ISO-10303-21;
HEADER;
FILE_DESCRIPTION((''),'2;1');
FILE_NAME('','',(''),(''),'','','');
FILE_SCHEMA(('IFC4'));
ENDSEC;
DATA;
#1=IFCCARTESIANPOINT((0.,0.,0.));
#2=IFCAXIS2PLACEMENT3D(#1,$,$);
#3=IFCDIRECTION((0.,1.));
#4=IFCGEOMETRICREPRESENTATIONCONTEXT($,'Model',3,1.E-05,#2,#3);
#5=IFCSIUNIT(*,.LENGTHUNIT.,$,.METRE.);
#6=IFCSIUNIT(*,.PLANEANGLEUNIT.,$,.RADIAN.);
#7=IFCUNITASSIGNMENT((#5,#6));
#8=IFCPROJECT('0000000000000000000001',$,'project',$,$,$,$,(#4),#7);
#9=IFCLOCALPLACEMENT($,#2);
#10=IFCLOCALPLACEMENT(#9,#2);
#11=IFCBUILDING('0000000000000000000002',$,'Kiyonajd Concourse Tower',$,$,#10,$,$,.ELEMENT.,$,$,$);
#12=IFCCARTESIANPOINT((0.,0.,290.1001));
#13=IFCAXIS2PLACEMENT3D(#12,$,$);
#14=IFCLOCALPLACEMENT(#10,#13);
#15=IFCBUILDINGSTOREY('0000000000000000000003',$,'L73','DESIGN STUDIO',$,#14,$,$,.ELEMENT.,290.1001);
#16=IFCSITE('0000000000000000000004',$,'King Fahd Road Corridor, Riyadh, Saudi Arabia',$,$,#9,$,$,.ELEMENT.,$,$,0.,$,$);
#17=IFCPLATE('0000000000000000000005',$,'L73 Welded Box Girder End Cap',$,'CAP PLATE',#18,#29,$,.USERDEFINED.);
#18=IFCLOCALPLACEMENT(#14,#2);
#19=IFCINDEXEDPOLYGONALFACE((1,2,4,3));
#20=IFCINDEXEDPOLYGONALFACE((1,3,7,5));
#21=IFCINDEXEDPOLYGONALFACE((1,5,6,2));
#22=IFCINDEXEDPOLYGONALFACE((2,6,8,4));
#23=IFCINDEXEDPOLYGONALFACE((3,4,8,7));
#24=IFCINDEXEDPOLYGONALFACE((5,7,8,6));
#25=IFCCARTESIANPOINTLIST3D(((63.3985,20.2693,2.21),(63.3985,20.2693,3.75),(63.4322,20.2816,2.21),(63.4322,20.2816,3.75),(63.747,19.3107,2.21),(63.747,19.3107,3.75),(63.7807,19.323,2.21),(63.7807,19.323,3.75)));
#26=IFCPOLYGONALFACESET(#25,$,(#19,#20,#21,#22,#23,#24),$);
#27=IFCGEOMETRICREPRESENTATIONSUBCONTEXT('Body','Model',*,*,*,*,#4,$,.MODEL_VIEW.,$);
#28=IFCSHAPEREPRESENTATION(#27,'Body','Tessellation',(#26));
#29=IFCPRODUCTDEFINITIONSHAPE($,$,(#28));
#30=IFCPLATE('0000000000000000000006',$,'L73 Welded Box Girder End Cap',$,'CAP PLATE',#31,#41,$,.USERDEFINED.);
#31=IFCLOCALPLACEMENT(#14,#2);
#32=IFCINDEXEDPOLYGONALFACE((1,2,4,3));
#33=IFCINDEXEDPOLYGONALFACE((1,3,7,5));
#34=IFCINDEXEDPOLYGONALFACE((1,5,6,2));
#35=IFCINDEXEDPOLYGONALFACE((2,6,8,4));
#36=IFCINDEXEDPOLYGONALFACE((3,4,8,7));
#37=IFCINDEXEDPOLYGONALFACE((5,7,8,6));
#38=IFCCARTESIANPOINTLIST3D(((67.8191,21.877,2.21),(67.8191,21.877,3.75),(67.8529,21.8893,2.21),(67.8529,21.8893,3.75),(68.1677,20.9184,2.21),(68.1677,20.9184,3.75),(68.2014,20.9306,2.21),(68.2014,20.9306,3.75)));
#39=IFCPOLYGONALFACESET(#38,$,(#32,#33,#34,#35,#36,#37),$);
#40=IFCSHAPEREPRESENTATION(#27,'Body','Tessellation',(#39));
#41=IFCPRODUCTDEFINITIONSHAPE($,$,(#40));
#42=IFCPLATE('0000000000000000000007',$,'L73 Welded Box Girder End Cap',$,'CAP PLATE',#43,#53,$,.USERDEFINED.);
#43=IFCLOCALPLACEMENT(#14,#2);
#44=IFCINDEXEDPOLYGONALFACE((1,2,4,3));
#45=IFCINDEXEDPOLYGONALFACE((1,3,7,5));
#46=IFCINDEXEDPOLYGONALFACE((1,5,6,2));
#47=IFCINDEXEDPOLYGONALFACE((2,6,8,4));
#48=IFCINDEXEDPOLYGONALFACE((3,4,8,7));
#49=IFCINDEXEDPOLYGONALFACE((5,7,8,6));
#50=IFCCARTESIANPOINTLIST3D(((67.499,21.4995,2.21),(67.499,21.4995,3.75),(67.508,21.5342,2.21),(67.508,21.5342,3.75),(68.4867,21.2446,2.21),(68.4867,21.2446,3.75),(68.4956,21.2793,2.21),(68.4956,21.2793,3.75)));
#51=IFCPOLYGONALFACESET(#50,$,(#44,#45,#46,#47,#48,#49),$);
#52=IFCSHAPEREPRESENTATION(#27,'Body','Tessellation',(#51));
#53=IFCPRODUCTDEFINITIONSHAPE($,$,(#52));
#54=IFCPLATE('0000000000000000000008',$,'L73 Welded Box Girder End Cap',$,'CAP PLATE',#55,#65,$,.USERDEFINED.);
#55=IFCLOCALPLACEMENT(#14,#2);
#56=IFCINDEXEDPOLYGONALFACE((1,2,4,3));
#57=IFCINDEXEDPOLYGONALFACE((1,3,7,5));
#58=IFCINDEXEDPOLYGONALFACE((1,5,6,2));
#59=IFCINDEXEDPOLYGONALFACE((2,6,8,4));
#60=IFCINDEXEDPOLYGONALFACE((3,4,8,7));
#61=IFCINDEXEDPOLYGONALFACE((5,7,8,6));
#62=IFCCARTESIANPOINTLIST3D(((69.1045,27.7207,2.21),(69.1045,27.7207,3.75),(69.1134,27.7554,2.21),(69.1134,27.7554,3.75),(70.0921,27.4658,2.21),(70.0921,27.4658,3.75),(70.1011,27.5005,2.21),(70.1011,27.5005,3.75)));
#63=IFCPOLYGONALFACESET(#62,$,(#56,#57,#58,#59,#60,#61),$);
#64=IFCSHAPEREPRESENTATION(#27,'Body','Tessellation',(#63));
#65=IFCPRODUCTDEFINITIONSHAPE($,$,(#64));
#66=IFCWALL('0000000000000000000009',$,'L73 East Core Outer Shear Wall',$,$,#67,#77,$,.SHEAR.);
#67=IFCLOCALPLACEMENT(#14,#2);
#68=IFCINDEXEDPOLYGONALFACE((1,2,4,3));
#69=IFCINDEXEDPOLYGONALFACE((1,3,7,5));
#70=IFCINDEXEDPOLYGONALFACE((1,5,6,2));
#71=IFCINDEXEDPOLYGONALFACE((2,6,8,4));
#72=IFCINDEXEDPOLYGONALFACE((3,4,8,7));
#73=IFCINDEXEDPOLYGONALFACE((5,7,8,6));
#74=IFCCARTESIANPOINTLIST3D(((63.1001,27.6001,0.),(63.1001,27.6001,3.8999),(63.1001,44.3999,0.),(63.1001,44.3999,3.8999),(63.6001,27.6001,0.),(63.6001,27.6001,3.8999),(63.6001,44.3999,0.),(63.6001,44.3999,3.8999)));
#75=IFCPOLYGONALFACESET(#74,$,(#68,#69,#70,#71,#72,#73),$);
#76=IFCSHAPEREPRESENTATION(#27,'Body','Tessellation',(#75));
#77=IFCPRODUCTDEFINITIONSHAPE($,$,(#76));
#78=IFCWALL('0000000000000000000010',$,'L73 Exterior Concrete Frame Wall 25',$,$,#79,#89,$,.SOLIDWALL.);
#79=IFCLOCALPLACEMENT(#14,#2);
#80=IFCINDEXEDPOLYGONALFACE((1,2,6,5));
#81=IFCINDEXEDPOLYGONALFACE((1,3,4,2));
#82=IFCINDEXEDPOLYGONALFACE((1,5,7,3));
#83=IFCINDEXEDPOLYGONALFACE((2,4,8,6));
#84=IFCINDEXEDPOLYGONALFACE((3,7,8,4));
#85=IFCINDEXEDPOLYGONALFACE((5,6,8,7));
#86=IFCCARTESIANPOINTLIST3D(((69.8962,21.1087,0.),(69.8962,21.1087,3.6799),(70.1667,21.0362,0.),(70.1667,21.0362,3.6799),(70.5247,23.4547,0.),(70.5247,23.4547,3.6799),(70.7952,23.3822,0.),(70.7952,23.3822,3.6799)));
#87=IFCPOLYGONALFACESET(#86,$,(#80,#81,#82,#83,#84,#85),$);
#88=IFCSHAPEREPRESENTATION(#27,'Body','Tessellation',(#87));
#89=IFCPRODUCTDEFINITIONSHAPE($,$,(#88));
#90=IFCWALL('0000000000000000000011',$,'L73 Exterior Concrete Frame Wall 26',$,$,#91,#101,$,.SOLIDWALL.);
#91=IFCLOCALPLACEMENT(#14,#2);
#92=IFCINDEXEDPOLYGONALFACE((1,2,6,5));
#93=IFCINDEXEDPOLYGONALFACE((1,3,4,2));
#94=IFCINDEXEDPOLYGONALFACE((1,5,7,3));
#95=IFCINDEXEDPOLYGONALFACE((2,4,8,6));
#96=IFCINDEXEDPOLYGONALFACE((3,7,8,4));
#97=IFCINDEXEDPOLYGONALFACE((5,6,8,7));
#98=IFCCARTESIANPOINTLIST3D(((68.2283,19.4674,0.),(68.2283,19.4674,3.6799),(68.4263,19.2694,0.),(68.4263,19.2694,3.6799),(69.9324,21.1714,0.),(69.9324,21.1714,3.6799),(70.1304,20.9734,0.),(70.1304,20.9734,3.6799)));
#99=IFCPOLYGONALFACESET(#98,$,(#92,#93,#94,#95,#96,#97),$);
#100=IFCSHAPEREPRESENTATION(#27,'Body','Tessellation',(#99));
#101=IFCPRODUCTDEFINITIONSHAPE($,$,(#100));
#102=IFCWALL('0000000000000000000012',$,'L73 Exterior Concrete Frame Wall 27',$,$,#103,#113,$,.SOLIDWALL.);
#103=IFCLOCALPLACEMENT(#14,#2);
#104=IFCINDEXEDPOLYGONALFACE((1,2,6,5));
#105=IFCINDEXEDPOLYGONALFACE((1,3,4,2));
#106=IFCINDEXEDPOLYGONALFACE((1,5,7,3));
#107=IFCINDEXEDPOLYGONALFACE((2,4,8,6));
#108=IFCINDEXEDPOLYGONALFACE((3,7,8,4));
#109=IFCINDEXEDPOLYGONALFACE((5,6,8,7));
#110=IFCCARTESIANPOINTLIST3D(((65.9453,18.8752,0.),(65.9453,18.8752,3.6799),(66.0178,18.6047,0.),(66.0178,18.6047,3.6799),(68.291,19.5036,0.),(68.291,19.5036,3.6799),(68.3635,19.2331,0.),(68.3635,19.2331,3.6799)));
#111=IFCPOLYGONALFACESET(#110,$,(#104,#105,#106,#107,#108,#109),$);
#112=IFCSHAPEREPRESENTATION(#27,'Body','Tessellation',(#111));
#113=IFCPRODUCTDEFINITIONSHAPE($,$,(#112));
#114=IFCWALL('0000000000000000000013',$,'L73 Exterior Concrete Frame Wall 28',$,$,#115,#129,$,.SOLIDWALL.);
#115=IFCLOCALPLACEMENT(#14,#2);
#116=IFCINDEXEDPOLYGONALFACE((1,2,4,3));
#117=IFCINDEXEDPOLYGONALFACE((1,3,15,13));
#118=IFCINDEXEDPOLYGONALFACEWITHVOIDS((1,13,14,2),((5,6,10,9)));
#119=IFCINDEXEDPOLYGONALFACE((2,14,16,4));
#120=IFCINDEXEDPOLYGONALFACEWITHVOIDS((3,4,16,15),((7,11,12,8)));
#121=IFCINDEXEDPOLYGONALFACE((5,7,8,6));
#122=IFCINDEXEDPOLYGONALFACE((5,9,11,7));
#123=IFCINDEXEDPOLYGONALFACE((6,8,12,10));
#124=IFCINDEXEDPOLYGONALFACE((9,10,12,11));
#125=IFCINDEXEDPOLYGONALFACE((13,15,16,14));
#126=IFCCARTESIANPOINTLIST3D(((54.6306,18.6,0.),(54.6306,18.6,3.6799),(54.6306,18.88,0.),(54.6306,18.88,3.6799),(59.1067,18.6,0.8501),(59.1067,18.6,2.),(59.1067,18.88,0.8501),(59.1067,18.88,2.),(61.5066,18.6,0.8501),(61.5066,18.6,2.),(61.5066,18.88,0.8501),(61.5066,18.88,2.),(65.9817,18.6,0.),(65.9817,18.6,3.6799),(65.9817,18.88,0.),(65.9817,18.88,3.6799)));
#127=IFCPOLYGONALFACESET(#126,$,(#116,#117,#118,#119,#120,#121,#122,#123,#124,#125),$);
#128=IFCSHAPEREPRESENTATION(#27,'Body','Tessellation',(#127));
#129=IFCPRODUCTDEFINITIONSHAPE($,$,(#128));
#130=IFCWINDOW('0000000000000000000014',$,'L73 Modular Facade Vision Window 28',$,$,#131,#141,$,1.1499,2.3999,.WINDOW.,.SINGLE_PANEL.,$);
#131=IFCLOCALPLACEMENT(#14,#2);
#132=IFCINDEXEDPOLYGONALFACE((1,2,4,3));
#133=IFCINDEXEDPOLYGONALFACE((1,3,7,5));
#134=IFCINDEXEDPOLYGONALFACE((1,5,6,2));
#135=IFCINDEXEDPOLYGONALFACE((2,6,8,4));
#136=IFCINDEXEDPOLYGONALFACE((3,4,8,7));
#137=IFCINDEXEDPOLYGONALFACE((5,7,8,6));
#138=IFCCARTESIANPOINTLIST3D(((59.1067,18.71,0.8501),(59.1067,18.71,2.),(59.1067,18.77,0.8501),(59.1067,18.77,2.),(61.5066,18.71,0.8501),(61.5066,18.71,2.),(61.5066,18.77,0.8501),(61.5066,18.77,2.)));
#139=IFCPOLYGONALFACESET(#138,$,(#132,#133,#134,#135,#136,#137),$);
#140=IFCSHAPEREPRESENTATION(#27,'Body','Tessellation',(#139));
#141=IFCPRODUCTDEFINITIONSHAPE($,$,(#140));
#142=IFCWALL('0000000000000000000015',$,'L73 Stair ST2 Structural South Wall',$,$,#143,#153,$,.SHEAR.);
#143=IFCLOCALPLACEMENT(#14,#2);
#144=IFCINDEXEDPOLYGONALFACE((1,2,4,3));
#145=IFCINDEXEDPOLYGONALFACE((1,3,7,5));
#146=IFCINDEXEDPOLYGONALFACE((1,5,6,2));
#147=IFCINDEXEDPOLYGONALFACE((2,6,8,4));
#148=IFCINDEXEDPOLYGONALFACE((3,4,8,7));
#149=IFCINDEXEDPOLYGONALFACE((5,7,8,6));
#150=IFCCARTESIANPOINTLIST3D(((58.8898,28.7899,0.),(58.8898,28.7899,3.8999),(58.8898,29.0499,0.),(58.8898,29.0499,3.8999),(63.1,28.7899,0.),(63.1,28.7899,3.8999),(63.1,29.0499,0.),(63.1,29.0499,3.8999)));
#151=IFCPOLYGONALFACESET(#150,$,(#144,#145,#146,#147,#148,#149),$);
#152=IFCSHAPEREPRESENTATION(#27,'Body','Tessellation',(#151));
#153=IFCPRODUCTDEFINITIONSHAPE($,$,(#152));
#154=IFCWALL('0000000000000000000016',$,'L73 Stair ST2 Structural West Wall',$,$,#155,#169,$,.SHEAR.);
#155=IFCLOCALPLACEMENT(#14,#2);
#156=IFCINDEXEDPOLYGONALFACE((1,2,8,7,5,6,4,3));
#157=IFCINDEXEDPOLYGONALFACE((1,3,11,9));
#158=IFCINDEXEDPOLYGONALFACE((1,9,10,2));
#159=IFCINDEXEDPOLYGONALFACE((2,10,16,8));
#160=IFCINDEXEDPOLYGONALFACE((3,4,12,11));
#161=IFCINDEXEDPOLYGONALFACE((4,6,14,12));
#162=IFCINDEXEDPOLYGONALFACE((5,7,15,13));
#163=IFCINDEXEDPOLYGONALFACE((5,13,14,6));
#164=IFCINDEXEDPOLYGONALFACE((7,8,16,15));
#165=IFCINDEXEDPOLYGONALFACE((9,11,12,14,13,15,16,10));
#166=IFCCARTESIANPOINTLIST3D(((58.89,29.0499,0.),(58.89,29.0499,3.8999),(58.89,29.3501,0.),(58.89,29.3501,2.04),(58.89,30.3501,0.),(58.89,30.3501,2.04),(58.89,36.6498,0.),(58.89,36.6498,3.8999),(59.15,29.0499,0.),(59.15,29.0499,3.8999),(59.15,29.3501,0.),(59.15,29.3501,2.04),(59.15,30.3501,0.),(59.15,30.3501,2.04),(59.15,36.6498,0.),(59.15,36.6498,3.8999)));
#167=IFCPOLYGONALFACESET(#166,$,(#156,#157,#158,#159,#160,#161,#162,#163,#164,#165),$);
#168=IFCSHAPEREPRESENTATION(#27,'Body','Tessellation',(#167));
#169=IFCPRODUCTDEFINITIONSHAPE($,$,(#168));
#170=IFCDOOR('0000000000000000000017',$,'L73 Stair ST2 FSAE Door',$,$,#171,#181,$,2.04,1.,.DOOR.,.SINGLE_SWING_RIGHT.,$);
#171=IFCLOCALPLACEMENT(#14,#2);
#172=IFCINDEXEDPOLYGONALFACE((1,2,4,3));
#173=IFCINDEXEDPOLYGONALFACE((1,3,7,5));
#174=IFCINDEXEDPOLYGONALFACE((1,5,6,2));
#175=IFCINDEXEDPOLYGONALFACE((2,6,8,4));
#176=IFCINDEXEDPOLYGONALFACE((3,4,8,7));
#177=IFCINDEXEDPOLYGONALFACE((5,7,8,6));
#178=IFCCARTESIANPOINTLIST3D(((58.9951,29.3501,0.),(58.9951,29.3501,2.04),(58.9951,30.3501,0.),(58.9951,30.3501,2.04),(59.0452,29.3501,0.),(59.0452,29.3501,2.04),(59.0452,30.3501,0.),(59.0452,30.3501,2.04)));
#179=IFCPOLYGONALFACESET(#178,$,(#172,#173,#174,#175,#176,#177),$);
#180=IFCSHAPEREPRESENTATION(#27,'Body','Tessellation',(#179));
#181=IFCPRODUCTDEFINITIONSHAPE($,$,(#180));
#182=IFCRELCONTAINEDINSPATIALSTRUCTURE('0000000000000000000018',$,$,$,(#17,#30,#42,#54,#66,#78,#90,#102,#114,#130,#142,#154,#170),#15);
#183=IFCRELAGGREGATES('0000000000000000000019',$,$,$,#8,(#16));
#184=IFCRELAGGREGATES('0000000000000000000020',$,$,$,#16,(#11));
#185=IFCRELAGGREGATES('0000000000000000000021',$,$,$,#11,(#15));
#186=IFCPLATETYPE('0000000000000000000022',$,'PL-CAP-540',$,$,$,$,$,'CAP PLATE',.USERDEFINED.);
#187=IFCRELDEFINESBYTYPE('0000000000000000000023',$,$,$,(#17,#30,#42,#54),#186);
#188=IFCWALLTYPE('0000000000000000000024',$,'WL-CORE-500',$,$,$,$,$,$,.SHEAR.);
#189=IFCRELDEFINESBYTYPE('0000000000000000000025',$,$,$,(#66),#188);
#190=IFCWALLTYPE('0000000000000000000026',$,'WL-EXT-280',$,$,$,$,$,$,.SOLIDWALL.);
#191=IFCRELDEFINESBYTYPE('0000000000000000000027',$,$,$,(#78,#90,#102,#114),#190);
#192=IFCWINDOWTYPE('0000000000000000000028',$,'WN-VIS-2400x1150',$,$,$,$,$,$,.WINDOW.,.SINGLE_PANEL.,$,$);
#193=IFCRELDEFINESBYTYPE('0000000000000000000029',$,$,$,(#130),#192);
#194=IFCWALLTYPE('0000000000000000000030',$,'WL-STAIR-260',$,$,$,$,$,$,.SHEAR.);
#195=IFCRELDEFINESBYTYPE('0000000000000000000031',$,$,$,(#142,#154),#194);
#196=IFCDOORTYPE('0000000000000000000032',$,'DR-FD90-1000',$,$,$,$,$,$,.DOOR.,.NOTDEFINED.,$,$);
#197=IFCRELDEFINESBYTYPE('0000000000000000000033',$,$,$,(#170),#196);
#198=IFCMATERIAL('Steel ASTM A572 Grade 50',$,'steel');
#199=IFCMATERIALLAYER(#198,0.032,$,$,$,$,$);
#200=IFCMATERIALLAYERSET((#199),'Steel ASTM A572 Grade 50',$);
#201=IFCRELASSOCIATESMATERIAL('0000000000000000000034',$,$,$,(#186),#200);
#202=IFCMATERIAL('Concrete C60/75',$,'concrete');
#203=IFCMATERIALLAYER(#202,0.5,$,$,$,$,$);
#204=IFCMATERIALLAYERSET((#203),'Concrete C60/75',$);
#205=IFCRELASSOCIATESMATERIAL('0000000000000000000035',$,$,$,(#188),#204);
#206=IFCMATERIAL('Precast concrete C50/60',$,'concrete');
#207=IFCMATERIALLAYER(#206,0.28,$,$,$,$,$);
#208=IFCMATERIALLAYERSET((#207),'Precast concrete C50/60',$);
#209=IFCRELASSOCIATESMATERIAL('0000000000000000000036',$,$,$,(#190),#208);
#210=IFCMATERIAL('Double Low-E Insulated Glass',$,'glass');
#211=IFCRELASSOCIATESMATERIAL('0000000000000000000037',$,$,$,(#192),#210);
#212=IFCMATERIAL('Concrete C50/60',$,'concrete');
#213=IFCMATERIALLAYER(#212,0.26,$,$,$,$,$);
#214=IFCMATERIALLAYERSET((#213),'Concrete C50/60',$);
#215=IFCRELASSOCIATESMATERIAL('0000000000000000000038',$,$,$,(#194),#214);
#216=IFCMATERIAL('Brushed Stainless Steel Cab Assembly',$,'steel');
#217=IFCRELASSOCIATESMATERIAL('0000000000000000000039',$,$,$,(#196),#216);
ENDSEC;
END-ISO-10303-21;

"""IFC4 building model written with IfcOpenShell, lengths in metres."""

from ifc_helpers import new_model, si_unit, direction, frame, frame_2d, origin, origin_2d, place, context, subcontext, project, spatial, rectangle, extrude, material, layer, layer_set, type_object, element, fill, save


model = new_model("IFC4")

# Units and contexts
model_context = context("Model", 3, precision=1e-05, world=origin(), true_north=direction((0.0, 1.0)))
body_context = subcontext(model_context, "Body", "Model", "MODEL_VIEW")
ifc_project = project(units=[si_unit("LENGTHUNIT", "METRE"), si_unit("PLANEANGLEUNIT", "RADIAN")], contexts=[model_context])

# Site, building, storey
site_placement = place(None, origin())
site = spatial("IfcSite", under=ifc_project, at=site_placement, Name="King Fahd Road Corridor, Riyadh, Saudi Arabia", CompositionType="ELEMENT", RefElevation=0.0)
building_placement = place(site_placement, origin())
building = spatial("IfcBuilding", under=site, at=building_placement, Name="Kiyonajd Concourse Tower", CompositionType="ELEMENT")
storey_placement = place(building_placement, frame((0.0, 0.0, 290.1001)))
storey = spatial("IfcBuildingStorey", under=building, at=storey_placement, Name="L73", Description="DESIGN STUDIO", CompositionType="ELEMENT", Elevation=290.1001)

# Shared definitions
ifc_material_1 = material(Name="Concrete C60/75", Category="concrete")

# Shared definitions
ifc_material_2 = material(Name="Steel ASTM A572 Grade 50", Category="steel")

# Plates
ifc_layer_1 = layer(ifc_material_2, 0.032)
ifc_layer_set_1 = layer_set([ifc_layer_1], Name="Steel ASTM A572 Grade 50")
plate_type = type_object("IfcPlateType", Name="PL-CAP-540", ElementType="CAP PLATE", PredefinedType="USERDEFINED", material=ifc_layer_set_1)
for number, where, z_axis, x_axis, name in (
    (1, (63.5896, 19.7961, 2.21), (0.0, 0.0, 1.0), (-0.939812, -0.341692, 0.0), "L73 Welded Box Girder End Cap"),
    (2, (68.0103, 21.4038, 2.21), (0.0, 0.0, 1.0), (0.939812, 0.341692, 0.0), "L73 Welded Box Girder End Cap"),
    (3, (67.9973, 21.3894, 2.21), (0.0, 0.0, 1.0), (-0.249873, -0.968279, 0.0), "L73 Welded Box Girder End Cap"),
    (4, (69.6028, 27.6106, 2.21), (0.0, 0.0, 1.0), (0.249873, 0.968279, 0.0), "L73 Welded Box Girder End Cap"),
):
    element("IfcPlate", number, at=place(storey_placement, frame(where, z_axis=z_axis, x_axis=x_axis)), inside=storey, type_object=plate_type, Name=name, ObjectType="CAP PLATE", PredefinedType="USERDEFINED", context=body_context, shape_type="SweptSolid", body=[
        extrude(rectangle(XDim=0.0359, YDim=1.02, at=origin_2d()), origin(), (0.0, 0.0, 1.0), 1.54),
    ])

# Walls
ifc_layer_2 = layer(ifc_material_1, 0.5)
ifc_layer_set_2 = layer_set([ifc_layer_2], Name="Concrete C60/75")
wall_type_1 = type_object("IfcWallType", Name="WL-CORE-500", PredefinedType="SHEAR", material=ifc_layer_set_2)
wall_1_placement = place(storey_placement, frame((63.3501, 27.6001, 0.0), z_axis=(0.0, 0.0, 1.0), x_axis=(0.0, 1.0, 0.0)))
element("IfcWall", 5, at=wall_1_placement, inside=storey, type_object=wall_type_1, Name="L73 East Core Outer Shear Wall", PredefinedType="SHEAR", context=body_context, shape_type="SweptSolid", body=[
    extrude(rectangle(XDim=16.7998, YDim=0.5, at=frame_2d((8.3999, 0.0))), origin(), (0.0, 0.0, 1.0), 3.8999),
])
ifc_material_3 = material(Name="Precast concrete C50/60", Category="concrete")
ifc_layer_3 = layer(ifc_material_3, 0.28)
ifc_layer_set_3 = layer_set([ifc_layer_3], Name="Precast concrete C50/60")
wall_type_2 = type_object("IfcWallType", Name="WL-EXT-280", PredefinedType="SOLIDWALL", material=ifc_layer_set_3)
wall_2_placement = place(storey_placement, frame((70.6599, 23.4185, 0.0), z_axis=(0.0, 0.0, 1.0), x_axis=(-0.258751, -0.965944, 0.0)))
element("IfcWall", 6, at=wall_2_placement, inside=storey, type_object=wall_type_2, Name="L73 Exterior Concrete Frame Wall 25", PredefinedType="SOLIDWALL", context=body_context, shape_type="SweptSolid", body=[
    extrude(rectangle(XDim=2.4287, YDim=0.28, at=frame_2d((1.2144, 0.0))), origin(), (0.0, 0.0, 1.0), 3.6799),
])
wall_3_placement = place(storey_placement, frame((70.0315, 21.0725, 0.0), z_axis=(0.0, 0.0, 1.0), x_axis=(-0.707107, -0.707107, 0.0)))
element("IfcWall", 7, at=wall_3_placement, inside=storey, type_object=wall_type_2, Name="L73 Exterior Concrete Frame Wall 26", PredefinedType="SOLIDWALL", context=body_context, shape_type="SweptSolid", body=[
    extrude(rectangle(XDim=2.4099, YDim=0.28, at=frame_2d((1.2051, 0.0))), origin(), (0.0, 0.0, 1.0), 3.6799),
])
wall_4_placement = place(storey_placement, frame((68.3274, 19.3684, 0.0), z_axis=(0.0, 0.0, 1.0), x_axis=(-0.965937, -0.258776, 0.0)))
element("IfcWall", 8, at=wall_4_placement, inside=storey, type_object=wall_type_2, Name="L73 Exterior Concrete Frame Wall 27", PredefinedType="SOLIDWALL", context=body_context, shape_type="SweptSolid", body=[
    extrude(rectangle(XDim=2.4285, YDim=0.28, at=frame_2d((1.2144, 0.0))), origin(), (0.0, 0.0, 1.0), 3.6799),
])

# Wall, opening, window
wall_5_placement = place(storey_placement, frame((65.9817, 18.74, 0.0), z_axis=(0.0, 0.0, 1.0), x_axis=(-1.0, 0.0, 0.0)))
wall_5 = element("IfcWall", 9, at=wall_5_placement, inside=storey, type_object=wall_type_2, Name="L73 Exterior Concrete Frame Wall 28", PredefinedType="SOLIDWALL", context=body_context, shape_type="SweptSolid", body=[
    extrude(rectangle(XDim=11.3511, YDim=0.28, at=frame_2d((5.6755, 0.0))), origin(), (0.0, 0.0, 1.0), 3.6799),
])
opening_1_placement = place(wall_5_placement, frame((4.4751, 0.0, 0.8501)))
opening_1 = element("IfcOpeningElement", 10, at=opening_1_placement, cuts=wall_5, PredefinedType="OPENING", context=body_context, shape_type="SweptSolid", body=[
    extrude(rectangle(XDim=2.3999, YDim=1.1499, at=frame_2d((1.2, 0.575))), frame((0.0, 0.1499, 0.0), z_axis=(0.0, -1.0, 0.0), x_axis=(1.0, 0.0, 0.0)), (0.0, 0.0, 1.0), 0.3),
])
ifc_material_4 = material(Name="Double Low-E Insulated Glass", Category="glass")
window_type = type_object("IfcWindowType", Name="WN-VIS-2400x1150", PartitioningType="SINGLE_PANEL", PredefinedType="WINDOW", material=ifc_material_4)
window_placement = place(opening_1_placement, origin())
window = element("IfcWindow", 11, at=window_placement, inside=storey, type_object=window_type, Name="L73 Modular Facade Vision Window 28", OverallHeight=1.1499, OverallWidth=2.3999, PartitioningType="SINGLE_PANEL", PredefinedType="WINDOW", context=body_context, shape_type="SweptSolid", body=[
    extrude(rectangle(XDim=2.3999, YDim=1.1499, at=frame_2d((1.2, 0.575))), frame((0.0, 0.03, 0.0), z_axis=(0.0, -1.0, 0.0), x_axis=(1.0, 0.0, 0.0)), (0.0, 0.0, 1.0), 0.0601),
])
fill(opening_1, window)

# Wall
ifc_material_5 = material(Name="Concrete C50/60", Category="concrete")
ifc_layer_4 = layer(ifc_material_5, 0.26)
ifc_layer_set_4 = layer_set([ifc_layer_4], Name="Concrete C50/60")
wall_type_3 = type_object("IfcWallType", Name="WL-STAIR-260", PredefinedType="SHEAR", material=ifc_layer_set_4)
wall_6_placement = place(storey_placement, frame((58.8899, 28.9199, 0.0), z_axis=(0.0, 0.0, 1.0), x_axis=(1.0, 0.0, 0.0)))
element("IfcWall", 12, at=wall_6_placement, inside=storey, type_object=wall_type_3, Name="L73 Stair ST2 Structural South Wall", PredefinedType="SHEAR", context=body_context, shape_type="SweptSolid", body=[
    extrude(rectangle(XDim=4.2102, YDim=0.26, at=frame_2d((2.105, 0.0))), origin(), (0.0, 0.0, 1.0), 3.8999),
])

# Wall, opening, door
wall_7_placement = place(storey_placement, frame((59.02, 29.05, 0.0), z_axis=(0.0, 0.0, 1.0), x_axis=(0.0, 1.0, 0.0)))
wall_7 = element("IfcWall", 13, at=wall_7_placement, inside=storey, type_object=wall_type_3, Name="L73 Stair ST2 Structural West Wall", PredefinedType="SHEAR", context=body_context, shape_type="SweptSolid", body=[
    extrude(rectangle(XDim=7.5999, YDim=0.26, at=frame_2d((3.7998, 0.0))), origin(), (0.0, 0.0, 1.0), 3.8999),
])
opening_2_placement = place(wall_7_placement, frame((0.3, 0.0, 0.0)))
opening_2 = element("IfcOpeningElement", 14, at=opening_2_placement, cuts=wall_7, PredefinedType="OPENING", context=body_context, shape_type="SweptSolid", body=[
    extrude(rectangle(XDim=1.0, YDim=2.04, at=frame_2d((0.5, 1.02))), frame((0.0, 0.1399, 0.0), z_axis=(0.0, -1.0, 0.0), x_axis=(1.0, 0.0, 0.0)), (0.0, 0.0, 1.0), 0.28),
])
ifc_material_6 = material(Name="Brushed Stainless Steel Cab Assembly", Category="steel")
door_type = type_object("IfcDoorType", Name="DR-FD90-1000", OperationType="NOTDEFINED", PredefinedType="DOOR", material=ifc_material_6)
door_placement = place(opening_2_placement, origin())
door = element("IfcDoor", 15, at=door_placement, inside=storey, type_object=door_type, Name="L73 Stair ST2 FSAE Door", OperationType="SINGLE_SWING_RIGHT", OverallHeight=2.04, OverallWidth=1.0, PredefinedType="DOOR", context=body_context, shape_type="SweptSolid", body=[
    extrude(rectangle(XDim=1.0, YDim=2.04, at=frame_2d((0.5, 1.02))), frame((0.0, 0.0249, 0.0), z_axis=(0.0, -1.0, 0.0), x_axis=(1.0, 0.0, 0.0)), (0.0, 0.0, 1.0), 0.05),
])
fill(opening_2, door)

save(model, "model.ifc")
